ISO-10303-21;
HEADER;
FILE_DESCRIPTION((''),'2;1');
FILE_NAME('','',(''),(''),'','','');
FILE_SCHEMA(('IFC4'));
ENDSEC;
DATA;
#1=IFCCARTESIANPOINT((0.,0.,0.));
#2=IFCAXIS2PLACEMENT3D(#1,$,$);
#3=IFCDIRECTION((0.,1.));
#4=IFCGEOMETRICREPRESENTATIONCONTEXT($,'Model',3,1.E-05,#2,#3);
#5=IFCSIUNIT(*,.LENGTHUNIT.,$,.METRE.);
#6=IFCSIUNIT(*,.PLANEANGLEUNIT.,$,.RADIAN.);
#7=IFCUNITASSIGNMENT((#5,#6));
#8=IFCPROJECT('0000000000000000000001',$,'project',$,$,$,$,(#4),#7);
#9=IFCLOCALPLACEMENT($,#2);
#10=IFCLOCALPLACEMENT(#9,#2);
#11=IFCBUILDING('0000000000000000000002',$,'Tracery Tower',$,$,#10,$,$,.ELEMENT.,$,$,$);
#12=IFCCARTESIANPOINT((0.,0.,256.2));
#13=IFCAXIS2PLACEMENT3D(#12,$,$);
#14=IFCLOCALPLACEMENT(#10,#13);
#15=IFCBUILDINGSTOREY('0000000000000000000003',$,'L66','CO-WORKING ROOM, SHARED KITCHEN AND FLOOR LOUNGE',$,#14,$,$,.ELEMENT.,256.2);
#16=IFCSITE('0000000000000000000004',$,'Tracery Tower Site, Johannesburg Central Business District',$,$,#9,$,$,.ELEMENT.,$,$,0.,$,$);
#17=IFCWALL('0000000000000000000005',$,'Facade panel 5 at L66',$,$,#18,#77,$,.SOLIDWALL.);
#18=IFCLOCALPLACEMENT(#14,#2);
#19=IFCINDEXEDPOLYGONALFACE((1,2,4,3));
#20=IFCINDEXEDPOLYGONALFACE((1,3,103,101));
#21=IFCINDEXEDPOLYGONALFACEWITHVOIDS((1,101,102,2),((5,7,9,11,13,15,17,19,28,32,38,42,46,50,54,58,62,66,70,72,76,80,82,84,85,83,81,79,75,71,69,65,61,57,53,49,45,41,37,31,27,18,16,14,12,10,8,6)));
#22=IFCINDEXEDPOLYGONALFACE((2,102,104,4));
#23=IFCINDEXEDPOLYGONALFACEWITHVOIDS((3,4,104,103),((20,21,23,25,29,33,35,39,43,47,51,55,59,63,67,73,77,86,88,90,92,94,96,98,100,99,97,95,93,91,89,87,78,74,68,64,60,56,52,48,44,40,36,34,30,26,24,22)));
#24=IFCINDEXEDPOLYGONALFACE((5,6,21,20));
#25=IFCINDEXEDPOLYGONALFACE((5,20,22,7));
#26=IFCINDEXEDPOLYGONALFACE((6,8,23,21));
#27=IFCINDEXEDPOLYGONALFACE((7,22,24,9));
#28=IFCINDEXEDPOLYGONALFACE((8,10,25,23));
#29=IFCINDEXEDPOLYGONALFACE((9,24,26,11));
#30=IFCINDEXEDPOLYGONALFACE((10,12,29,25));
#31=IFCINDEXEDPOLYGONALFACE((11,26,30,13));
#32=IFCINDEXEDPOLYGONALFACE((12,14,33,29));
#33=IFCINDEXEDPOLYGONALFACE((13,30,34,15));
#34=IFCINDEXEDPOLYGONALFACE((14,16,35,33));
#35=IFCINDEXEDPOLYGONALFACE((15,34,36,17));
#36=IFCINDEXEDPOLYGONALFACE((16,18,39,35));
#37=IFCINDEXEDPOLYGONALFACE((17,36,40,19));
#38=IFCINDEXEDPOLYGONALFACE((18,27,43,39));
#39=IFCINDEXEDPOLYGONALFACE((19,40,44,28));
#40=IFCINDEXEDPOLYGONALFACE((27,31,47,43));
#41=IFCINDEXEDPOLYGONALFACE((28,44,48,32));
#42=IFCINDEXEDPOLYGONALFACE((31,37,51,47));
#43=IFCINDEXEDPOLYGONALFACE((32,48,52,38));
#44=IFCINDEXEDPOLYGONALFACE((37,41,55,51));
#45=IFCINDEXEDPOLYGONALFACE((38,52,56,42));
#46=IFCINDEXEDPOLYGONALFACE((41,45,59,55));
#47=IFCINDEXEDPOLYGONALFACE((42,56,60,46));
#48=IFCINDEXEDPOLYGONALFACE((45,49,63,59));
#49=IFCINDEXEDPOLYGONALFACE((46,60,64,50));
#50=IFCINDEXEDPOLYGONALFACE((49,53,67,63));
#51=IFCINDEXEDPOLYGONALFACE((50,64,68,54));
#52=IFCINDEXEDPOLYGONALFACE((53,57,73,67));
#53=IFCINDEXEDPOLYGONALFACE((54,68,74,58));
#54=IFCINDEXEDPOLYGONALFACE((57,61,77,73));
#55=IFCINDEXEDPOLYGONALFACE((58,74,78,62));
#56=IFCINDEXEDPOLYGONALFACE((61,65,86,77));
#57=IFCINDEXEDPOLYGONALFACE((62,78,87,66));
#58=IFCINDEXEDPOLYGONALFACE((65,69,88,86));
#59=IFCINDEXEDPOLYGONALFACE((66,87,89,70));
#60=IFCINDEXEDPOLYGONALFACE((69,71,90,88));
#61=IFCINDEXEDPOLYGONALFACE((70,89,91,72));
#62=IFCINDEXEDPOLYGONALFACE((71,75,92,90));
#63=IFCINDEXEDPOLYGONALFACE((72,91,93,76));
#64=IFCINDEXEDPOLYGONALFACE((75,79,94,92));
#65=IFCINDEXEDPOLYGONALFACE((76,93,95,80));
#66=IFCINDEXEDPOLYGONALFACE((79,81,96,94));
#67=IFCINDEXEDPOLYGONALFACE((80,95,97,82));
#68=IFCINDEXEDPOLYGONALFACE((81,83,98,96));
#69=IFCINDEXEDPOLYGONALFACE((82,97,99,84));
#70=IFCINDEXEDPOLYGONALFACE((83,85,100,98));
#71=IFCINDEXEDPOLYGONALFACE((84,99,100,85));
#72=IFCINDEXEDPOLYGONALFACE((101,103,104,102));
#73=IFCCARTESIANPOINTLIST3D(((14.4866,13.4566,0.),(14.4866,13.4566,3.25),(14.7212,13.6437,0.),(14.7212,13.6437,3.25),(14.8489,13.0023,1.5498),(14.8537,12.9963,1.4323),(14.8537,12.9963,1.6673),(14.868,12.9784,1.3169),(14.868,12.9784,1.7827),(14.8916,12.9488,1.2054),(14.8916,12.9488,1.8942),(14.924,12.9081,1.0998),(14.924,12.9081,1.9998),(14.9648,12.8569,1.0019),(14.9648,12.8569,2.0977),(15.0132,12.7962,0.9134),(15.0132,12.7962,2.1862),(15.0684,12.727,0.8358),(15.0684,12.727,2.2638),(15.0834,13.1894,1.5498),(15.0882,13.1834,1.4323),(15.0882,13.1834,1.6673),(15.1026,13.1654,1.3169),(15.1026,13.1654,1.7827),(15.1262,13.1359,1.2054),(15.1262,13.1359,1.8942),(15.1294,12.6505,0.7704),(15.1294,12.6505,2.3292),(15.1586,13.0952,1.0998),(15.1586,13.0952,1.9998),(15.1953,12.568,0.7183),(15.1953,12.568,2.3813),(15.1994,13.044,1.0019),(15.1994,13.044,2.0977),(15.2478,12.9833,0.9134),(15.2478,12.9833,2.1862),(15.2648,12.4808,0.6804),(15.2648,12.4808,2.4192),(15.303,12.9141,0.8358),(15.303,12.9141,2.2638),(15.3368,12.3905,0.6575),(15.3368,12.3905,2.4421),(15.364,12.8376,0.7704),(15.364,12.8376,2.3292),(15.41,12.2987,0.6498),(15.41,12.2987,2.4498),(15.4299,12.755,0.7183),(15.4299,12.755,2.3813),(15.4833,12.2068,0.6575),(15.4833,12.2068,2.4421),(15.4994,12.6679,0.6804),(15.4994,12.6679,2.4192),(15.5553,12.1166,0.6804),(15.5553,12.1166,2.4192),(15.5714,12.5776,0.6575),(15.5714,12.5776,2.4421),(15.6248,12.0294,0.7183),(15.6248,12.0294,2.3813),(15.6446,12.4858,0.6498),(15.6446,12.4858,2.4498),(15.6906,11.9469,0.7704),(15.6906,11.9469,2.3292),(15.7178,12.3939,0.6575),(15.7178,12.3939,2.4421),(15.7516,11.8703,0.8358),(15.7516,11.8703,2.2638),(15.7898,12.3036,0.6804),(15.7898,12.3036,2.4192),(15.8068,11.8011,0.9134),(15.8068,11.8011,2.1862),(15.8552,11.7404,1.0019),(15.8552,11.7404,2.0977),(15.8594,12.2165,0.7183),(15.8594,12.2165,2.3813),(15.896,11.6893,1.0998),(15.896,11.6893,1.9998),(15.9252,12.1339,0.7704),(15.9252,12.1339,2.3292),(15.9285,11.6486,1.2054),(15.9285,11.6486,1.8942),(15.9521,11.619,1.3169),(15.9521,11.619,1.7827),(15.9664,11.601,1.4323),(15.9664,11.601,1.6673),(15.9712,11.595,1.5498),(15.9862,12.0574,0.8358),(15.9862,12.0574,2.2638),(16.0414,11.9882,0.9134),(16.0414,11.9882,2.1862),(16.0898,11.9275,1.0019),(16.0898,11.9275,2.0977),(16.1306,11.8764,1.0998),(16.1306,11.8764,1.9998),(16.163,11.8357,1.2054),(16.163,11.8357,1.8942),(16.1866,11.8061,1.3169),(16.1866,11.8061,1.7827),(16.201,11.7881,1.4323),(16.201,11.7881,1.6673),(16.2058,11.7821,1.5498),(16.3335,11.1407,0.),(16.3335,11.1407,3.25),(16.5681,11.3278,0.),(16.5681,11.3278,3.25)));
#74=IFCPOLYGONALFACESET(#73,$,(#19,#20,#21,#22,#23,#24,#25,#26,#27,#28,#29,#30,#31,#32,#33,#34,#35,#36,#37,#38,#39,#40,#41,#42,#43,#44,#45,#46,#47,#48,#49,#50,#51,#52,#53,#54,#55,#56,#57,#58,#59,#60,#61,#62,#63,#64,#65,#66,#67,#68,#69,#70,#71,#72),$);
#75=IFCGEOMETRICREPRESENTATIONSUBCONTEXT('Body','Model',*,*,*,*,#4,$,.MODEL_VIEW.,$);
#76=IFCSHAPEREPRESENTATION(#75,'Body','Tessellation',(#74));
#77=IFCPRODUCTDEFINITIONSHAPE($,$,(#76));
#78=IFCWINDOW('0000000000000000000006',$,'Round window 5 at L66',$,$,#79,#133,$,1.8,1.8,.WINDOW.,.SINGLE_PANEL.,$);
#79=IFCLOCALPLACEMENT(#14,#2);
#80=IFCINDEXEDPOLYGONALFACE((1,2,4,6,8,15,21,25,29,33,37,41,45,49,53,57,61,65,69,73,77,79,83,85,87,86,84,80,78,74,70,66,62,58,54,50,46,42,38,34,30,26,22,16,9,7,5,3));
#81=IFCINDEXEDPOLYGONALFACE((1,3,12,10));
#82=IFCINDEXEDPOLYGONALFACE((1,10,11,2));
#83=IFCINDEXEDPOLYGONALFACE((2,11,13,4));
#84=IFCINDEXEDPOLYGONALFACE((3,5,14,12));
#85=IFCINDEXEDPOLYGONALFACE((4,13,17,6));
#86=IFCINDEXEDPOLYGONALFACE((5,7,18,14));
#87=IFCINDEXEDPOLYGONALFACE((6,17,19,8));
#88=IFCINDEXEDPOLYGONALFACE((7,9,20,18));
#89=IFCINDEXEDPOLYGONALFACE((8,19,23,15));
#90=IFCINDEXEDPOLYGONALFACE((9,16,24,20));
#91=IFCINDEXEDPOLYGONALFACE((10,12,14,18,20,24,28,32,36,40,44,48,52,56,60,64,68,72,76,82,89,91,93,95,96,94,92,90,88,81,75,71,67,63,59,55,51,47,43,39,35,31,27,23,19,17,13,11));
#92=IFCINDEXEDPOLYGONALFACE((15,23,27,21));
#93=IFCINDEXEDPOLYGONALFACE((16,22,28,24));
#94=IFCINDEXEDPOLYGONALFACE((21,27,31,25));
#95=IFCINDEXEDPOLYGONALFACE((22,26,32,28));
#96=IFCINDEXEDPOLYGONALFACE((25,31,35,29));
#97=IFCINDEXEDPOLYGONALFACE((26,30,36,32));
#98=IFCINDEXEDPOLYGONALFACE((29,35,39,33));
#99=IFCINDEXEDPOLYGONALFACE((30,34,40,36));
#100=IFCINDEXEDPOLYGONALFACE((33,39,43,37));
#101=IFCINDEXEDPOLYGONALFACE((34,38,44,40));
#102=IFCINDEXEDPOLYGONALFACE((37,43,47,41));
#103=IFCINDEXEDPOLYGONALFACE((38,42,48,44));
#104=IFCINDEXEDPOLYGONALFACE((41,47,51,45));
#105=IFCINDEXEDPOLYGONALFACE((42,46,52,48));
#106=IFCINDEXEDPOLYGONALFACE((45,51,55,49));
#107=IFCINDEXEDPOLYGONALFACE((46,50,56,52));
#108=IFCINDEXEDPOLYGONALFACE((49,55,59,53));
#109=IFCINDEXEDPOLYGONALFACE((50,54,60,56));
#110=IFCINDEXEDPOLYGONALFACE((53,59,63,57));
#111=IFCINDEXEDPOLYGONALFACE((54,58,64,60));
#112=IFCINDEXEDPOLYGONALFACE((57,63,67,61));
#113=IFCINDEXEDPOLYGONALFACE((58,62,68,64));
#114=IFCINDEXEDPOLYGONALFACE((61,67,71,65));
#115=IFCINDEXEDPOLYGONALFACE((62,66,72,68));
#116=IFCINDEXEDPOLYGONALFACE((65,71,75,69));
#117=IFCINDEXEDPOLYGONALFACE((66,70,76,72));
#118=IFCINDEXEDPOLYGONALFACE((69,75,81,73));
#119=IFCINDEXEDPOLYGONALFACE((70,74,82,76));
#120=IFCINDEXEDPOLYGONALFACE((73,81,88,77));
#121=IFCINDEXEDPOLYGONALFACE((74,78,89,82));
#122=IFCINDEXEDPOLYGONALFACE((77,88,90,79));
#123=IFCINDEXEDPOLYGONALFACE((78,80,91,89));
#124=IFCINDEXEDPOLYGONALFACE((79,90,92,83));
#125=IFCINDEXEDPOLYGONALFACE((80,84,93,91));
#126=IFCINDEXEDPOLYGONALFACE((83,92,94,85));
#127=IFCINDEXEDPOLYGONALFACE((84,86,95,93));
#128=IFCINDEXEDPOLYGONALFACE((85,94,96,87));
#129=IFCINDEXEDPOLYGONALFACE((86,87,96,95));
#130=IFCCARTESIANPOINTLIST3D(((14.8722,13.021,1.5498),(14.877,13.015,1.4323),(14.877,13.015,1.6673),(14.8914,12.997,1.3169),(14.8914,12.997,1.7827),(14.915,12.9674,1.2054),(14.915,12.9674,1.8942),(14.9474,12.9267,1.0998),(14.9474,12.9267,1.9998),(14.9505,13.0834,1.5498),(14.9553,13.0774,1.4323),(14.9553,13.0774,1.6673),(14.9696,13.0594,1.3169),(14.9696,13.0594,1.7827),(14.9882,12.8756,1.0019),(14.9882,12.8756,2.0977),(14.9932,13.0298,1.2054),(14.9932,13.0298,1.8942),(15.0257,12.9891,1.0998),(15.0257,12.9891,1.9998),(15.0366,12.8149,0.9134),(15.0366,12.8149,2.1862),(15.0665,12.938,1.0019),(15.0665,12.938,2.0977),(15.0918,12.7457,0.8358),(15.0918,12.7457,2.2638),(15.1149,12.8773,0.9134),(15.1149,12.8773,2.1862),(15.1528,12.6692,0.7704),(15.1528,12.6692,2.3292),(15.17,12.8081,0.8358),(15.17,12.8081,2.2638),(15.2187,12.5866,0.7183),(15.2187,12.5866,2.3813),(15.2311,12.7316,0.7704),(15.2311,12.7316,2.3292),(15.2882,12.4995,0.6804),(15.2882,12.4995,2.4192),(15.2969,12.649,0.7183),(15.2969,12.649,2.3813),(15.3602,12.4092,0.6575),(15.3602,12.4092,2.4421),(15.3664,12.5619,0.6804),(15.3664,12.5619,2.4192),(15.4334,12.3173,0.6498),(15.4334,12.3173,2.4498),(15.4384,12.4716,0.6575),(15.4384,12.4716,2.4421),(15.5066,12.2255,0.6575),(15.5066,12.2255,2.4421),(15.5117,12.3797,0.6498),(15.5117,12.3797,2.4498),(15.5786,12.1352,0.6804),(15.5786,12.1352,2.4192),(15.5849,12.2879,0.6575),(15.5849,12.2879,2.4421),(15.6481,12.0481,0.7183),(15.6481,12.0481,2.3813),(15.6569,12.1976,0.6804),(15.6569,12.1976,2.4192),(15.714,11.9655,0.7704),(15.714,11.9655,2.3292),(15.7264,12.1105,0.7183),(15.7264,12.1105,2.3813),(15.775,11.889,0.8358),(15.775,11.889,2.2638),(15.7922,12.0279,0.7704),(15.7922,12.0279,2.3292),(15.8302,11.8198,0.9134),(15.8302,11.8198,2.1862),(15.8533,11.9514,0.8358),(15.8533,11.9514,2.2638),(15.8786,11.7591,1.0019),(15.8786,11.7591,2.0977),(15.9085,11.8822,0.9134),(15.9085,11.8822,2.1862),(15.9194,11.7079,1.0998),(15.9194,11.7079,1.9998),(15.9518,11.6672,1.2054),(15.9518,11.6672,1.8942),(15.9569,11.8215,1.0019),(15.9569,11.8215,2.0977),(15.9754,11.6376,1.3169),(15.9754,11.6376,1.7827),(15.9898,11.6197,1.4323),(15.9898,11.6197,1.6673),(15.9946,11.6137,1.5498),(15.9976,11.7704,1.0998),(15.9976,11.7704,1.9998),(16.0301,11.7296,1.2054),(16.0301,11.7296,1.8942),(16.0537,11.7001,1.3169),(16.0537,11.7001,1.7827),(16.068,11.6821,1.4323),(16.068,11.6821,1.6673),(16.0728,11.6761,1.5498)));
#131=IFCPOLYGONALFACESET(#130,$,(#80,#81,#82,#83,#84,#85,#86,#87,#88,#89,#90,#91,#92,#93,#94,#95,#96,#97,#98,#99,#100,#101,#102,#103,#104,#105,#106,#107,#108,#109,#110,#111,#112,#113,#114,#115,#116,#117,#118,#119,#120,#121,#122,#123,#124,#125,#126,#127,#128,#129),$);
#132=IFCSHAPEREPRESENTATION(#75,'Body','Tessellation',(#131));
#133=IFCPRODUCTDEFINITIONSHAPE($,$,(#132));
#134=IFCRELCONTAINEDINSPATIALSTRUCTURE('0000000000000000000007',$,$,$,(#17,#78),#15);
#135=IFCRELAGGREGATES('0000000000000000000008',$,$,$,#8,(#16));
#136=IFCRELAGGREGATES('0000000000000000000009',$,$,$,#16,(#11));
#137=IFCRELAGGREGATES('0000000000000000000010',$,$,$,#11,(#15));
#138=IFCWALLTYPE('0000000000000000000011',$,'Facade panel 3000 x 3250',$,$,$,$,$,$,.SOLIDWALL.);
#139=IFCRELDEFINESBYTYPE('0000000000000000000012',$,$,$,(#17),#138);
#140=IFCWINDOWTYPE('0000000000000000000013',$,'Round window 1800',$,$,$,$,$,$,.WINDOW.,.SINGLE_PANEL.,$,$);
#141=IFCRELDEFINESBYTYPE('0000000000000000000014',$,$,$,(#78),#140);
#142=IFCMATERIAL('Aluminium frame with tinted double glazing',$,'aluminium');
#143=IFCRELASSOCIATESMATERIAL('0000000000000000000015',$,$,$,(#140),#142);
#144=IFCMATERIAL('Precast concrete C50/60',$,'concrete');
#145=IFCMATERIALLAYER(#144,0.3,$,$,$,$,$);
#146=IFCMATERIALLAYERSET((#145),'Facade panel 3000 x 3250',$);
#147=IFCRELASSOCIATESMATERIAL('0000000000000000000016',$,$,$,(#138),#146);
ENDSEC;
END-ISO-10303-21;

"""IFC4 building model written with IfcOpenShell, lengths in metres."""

from ifc_helpers import new_model, si_unit, direction, frame, frame_2d, origin, origin_2d, place, context, subcontext, project, spatial, rectangle, circle, extrude, material, layer, layer_set, type_object, element, fill, save


model = new_model("IFC4")

# Units and contexts
model_context = context("Model", 3, precision=1e-05, world=origin(), true_north=direction((0.0, 1.0)))
body_context = subcontext(model_context, "Body", "Model", "MODEL_VIEW")
ifc_project = project(units=[si_unit("LENGTHUNIT", "METRE"), si_unit("PLANEANGLEUNIT", "RADIAN")], contexts=[model_context])

# Site, building, storey
site_placement = place(None, origin())
site = spatial("IfcSite", under=ifc_project, at=site_placement, Name="Tracery Tower Site, Johannesburg Central Business District", CompositionType="ELEMENT", RefElevation=0.0)
building_placement = place(site_placement, origin())
building = spatial("IfcBuilding", under=site, at=building_placement, Name="Tracery Tower", CompositionType="ELEMENT")
storey_placement = place(building_placement, frame((0.0, 0.0, 256.2)))
storey = spatial("IfcBuildingStorey", under=building, at=storey_placement, Name="L66", Description="CO-WORKING ROOM, SHARED KITCHEN AND FLOOR LOUNGE", CompositionType="ELEMENT", Elevation=256.2)

# Wall, opening, window
ifc_material_1 = material(Name="Aluminium frame with tinted double glazing", Category="aluminium")
window_type = type_object("IfcWindowType", Name="Round window 1800", PartitioningType="SINGLE_PANEL", PredefinedType="WINDOW", material=ifc_material_1)
ifc_material_2 = material(Name="Precast concrete C50/60", Category="concrete")
ifc_layer_1 = layer(ifc_material_2, 0.3)
ifc_layer_set_1 = layer_set([ifc_layer_1], Name="Facade panel 3000 x 3250")
wall_type_1 = type_object("IfcWallType", Name="Facade panel 3000 x 3250", PredefinedType="SOLIDWALL", material=ifc_layer_set_1)
wall_1_placement = place(storey_placement, frame((16.4507, 11.2344, 0.0), z_axis=(0.0, 0.0, 1.0), x_axis=(-0.623498, 0.781825, 0.0)))
wall_1 = element("IfcWall", 1, at=wall_1_placement, inside=storey, type_object=wall_type_1, Name="Facade panel 5 at L66", PredefinedType="SOLIDWALL", context=body_context, shape_type="SweptSolid", body=[
    extrude(rectangle(XDim=2.9622, YDim=0.3, at=frame_2d((1.481, 0.0))), origin(), (0.0, 0.0, 1.0), 3.25),
])
opening_1_placement = place(wall_1_placement, frame((1.481, 0.0, 1.5498)))
opening_1 = element("IfcOpeningElement", 2, at=opening_1_placement, cuts=wall_1, PredefinedType="OPENING", context=body_context, shape_type="SweptSolid", body=[
    extrude(circle(Radius=0.9, at=origin_2d()), frame((0.0, 0.1599, 0.0), z_axis=(0.0, -1.0, 0.0), x_axis=(1.0, 0.0, 0.0)), (0.0, 0.0, 1.0), 0.3201),
])
window_1_placement = place(opening_1_placement, origin())
window_1 = element("IfcWindow", 3, at=window_1_placement, inside=storey, type_object=window_type, Name="Round window 5 at L66", OverallHeight=1.8, OverallWidth=1.8, PartitioningType="SINGLE_PANEL", PredefinedType="WINDOW", context=body_context, shape_type="SweptSolid", body=[
    extrude(circle(Radius=0.9, at=origin_2d()), frame((0.0, 0.1201, 0.0), z_axis=(0.0, -1.0, 0.0), x_axis=(1.0, 0.0, 0.0)), (0.0, 0.0, 1.0), 0.1001),
])
fill(opening_1, window_1)

save(model, "model.ifc")
